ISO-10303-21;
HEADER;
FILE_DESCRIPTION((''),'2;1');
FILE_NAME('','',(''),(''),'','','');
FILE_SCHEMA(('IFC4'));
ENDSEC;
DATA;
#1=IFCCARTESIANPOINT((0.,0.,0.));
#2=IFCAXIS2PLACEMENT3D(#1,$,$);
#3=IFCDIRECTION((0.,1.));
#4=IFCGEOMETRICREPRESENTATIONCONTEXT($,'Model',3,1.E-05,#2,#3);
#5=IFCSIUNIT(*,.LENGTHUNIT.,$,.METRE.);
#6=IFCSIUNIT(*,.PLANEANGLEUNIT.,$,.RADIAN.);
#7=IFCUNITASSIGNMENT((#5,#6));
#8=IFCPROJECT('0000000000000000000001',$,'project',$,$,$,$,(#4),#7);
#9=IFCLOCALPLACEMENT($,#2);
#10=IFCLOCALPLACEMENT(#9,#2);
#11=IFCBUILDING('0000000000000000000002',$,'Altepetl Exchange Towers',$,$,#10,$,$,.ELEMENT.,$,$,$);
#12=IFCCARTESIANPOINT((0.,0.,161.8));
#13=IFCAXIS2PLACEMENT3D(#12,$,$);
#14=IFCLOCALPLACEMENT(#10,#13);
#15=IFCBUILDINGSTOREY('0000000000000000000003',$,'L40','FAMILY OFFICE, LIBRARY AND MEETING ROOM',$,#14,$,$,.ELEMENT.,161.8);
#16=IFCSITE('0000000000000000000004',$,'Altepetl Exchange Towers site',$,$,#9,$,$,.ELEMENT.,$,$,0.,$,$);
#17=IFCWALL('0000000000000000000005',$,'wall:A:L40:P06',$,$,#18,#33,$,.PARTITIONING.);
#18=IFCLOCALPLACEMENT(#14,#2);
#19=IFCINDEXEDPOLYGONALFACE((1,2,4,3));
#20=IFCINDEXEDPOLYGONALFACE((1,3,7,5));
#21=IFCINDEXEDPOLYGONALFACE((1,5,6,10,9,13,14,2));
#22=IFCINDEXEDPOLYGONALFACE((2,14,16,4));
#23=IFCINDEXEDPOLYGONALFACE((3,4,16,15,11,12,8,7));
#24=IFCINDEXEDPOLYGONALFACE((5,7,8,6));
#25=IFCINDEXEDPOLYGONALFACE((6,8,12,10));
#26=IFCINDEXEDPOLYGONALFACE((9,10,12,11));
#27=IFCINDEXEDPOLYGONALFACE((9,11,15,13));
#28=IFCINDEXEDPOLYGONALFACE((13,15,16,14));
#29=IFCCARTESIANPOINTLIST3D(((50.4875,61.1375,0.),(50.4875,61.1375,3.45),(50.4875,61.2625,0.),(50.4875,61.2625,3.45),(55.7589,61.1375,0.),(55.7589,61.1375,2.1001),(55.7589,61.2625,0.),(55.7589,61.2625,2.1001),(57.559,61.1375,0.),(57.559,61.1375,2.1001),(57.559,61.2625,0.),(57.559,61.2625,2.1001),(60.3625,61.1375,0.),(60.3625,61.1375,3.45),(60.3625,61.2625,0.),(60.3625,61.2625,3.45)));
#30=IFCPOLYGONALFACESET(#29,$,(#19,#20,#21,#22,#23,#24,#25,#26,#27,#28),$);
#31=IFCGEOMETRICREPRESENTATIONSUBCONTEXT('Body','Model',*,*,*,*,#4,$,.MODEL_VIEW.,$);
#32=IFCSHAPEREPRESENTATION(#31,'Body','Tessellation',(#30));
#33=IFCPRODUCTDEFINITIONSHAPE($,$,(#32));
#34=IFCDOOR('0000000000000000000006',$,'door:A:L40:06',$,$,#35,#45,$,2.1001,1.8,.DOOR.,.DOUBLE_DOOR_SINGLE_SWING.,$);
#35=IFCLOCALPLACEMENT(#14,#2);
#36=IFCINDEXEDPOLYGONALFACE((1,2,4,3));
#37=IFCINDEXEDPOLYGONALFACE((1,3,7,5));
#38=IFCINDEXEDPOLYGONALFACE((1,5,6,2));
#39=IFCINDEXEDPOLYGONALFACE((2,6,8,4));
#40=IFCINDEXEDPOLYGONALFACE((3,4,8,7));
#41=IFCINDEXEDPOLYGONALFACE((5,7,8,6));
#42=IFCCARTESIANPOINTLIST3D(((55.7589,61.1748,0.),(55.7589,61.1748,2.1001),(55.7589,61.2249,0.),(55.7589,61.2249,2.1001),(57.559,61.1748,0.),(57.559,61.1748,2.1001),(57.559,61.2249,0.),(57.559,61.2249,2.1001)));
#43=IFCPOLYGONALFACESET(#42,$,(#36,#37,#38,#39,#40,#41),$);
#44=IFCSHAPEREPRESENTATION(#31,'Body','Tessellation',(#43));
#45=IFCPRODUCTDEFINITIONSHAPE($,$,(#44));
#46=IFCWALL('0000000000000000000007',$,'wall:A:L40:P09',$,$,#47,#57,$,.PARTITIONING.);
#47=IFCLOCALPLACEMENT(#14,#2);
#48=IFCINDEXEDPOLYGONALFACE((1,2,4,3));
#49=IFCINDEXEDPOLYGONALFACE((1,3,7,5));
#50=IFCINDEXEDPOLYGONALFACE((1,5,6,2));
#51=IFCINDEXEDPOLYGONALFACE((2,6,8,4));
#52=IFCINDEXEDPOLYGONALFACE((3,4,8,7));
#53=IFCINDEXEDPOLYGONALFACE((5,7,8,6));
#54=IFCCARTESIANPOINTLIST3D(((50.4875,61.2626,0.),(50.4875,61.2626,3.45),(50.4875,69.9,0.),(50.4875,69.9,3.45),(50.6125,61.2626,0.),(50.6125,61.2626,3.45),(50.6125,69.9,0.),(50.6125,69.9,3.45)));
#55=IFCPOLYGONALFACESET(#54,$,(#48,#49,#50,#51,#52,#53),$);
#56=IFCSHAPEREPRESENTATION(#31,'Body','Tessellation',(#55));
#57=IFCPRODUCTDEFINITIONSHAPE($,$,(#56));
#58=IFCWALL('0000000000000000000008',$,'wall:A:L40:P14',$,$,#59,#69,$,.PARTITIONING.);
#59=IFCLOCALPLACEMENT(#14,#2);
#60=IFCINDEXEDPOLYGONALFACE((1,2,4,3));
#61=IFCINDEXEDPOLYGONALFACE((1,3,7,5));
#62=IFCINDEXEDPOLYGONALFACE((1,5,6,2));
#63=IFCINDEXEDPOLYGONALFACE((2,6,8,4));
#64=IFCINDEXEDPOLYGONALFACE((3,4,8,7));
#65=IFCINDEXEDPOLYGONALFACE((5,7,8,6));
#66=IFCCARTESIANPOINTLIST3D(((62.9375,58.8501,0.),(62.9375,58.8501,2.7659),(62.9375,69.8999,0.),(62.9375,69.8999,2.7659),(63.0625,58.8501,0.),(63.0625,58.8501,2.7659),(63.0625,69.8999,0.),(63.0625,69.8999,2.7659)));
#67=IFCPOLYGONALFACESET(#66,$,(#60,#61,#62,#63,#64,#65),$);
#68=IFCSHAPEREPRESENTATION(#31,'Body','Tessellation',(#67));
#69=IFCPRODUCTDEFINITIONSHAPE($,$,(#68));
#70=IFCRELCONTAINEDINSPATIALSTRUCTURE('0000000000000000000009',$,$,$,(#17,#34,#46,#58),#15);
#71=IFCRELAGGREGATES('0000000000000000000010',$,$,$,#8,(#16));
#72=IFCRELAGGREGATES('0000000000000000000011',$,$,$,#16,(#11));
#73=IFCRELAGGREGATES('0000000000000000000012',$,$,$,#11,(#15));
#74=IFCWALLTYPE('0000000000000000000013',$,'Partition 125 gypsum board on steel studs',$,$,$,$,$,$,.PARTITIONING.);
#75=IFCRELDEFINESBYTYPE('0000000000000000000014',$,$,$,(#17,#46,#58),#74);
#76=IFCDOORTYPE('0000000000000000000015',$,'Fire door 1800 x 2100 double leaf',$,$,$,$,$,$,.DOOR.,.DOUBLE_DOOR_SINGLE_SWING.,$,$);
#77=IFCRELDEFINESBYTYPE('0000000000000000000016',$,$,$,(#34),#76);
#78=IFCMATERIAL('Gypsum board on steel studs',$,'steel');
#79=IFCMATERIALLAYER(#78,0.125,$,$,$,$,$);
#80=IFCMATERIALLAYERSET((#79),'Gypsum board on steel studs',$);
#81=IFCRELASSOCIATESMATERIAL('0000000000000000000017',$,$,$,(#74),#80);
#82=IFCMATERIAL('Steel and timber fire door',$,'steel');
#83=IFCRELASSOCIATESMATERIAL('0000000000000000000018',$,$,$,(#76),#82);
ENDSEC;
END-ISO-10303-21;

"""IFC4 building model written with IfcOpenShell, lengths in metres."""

from ifc_helpers import new_model, si_unit, direction, frame, frame_2d, origin, place, context, subcontext, project, spatial, rectangle, extrude, material, layer, layer_set, type_object, element, fill, save


model = new_model("IFC4")

# Units and contexts
model_context = context("Model", 3, precision=1e-05, world=origin(), true_north=direction((0.0, 1.0)))
body_context = subcontext(model_context, "Body", "Model", "MODEL_VIEW")
ifc_project = project(units=[si_unit("LENGTHUNIT", "METRE"), si_unit("PLANEANGLEUNIT", "RADIAN")], contexts=[model_context])

# Site, building, storey
site_placement = place(None, origin())
site = spatial("IfcSite", under=ifc_project, at=site_placement, Name="Altepetl Exchange Towers site", CompositionType="ELEMENT", RefElevation=0.0)
building_placement = place(site_placement, origin())
building = spatial("IfcBuilding", under=site, at=building_placement, Name="Altepetl Exchange Towers", CompositionType="ELEMENT")
storey_placement = place(building_placement, frame((0.0, 0.0, 161.8)))
storey = spatial("IfcBuildingStorey", under=building, at=storey_placement, Name="L40", Description="FAMILY OFFICE, LIBRARY AND MEETING ROOM", CompositionType="ELEMENT", Elevation=161.8)

# Shared definitions
ifc_material_1 = material(Name="Gypsum board on steel studs", Category="steel")
ifc_layer_1 = layer(ifc_material_1, 0.125)
ifc_layer_set_1 = layer_set([ifc_layer_1], Name="Gypsum board on steel studs")
wall_type = type_object("IfcWallType", Name="Partition 125 gypsum board on steel studs", PredefinedType="PARTITIONING", material=ifc_layer_set_1)

# Wall, opening, door
wall_1_placement = place(storey_placement, frame((50.4875, 61.2, 0.0)))
wall_1 = element("IfcWall", 1, at=wall_1_placement, inside=storey, type_object=wall_type, Name="wall:A:L40:P06", PredefinedType="PARTITIONING", context=body_context, shape_type="SweptSolid", body=[
    extrude(rectangle(XDim=9.875, YDim=0.125, at=frame_2d((4.9375, 0.0))), origin(), (0.0, 0.0, 1.0), 3.45),
])
opening_placement = place(wall_1_placement, frame((5.2715, 0.0, 0.0)))
opening = element("IfcOpeningElement", 2, at=opening_placement, cuts=wall_1, PredefinedType="OPENING", context=body_context, shape_type="SweptSolid", body=[
    extrude(rectangle(XDim=1.8, YDim=2.1001, at=frame_2d((0.8999, 1.05))), frame((0.0, 0.0725, 0.0), z_axis=(0.0, -1.0, 0.0), x_axis=(1.0, 0.0, 0.0)), (0.0, 0.0, 1.0), 0.145),
])
ifc_material_2 = material(Name="Steel and timber fire door", Category="steel")
door_type = type_object("IfcDoorType", Name="Fire door 1800 x 2100 double leaf", OperationType="DOUBLE_DOOR_SINGLE_SWING", PredefinedType="DOOR", material=ifc_material_2)
door_placement = place(opening_placement, origin())
door = element("IfcDoor", 3, at=door_placement, inside=storey, type_object=door_type, Name="door:A:L40:06", OperationType="DOUBLE_DOOR_SINGLE_SWING", OverallHeight=2.1001, OverallWidth=1.8, PredefinedType="DOOR", context=body_context, shape_type="SweptSolid", body=[
    extrude(rectangle(XDim=1.8, YDim=2.1001, at=frame_2d((0.8999, 1.05))), frame((0.0, 0.0249, 0.0), z_axis=(0.0, -1.0, 0.0), x_axis=(1.0, 0.0, 0.0)), (0.0, 0.0, 1.0), 0.05),
])
fill(opening, door)

# Walls
wall_2_placement = place(storey_placement, frame((50.55, 61.2625, 0.0), z_axis=(0.0, 0.0, 1.0), x_axis=(0.0, 1.0, 0.0)))
element("IfcWall", 4, at=wall_2_placement, inside=storey, type_object=wall_type, Name="wall:A:L40:P09", PredefinedType="PARTITIONING", context=body_context, shape_type="SweptSolid", body=[
    extrude(rectangle(XDim=8.6375, YDim=0.125, at=frame_2d((4.3188, 0.0))), origin(), (0.0, 0.0, 1.0), 3.45),
])
wall_3_placement = place(storey_placement, frame((63.0, 58.8501, 0.0), z_axis=(0.0, 0.0, 1.0), x_axis=(0.0, 1.0, 0.0)))
element("IfcWall", 5, at=wall_3_placement, inside=storey, type_object=wall_type, Name="wall:A:L40:P14", PredefinedType="PARTITIONING", context=body_context, shape_type="SweptSolid", body=[
    extrude(rectangle(XDim=11.0498, YDim=0.125, at=frame_2d((5.5249, 0.0))), origin(), (0.0, 0.0, 1.0), 2.7659),
])

save(model, "model.ifc")
